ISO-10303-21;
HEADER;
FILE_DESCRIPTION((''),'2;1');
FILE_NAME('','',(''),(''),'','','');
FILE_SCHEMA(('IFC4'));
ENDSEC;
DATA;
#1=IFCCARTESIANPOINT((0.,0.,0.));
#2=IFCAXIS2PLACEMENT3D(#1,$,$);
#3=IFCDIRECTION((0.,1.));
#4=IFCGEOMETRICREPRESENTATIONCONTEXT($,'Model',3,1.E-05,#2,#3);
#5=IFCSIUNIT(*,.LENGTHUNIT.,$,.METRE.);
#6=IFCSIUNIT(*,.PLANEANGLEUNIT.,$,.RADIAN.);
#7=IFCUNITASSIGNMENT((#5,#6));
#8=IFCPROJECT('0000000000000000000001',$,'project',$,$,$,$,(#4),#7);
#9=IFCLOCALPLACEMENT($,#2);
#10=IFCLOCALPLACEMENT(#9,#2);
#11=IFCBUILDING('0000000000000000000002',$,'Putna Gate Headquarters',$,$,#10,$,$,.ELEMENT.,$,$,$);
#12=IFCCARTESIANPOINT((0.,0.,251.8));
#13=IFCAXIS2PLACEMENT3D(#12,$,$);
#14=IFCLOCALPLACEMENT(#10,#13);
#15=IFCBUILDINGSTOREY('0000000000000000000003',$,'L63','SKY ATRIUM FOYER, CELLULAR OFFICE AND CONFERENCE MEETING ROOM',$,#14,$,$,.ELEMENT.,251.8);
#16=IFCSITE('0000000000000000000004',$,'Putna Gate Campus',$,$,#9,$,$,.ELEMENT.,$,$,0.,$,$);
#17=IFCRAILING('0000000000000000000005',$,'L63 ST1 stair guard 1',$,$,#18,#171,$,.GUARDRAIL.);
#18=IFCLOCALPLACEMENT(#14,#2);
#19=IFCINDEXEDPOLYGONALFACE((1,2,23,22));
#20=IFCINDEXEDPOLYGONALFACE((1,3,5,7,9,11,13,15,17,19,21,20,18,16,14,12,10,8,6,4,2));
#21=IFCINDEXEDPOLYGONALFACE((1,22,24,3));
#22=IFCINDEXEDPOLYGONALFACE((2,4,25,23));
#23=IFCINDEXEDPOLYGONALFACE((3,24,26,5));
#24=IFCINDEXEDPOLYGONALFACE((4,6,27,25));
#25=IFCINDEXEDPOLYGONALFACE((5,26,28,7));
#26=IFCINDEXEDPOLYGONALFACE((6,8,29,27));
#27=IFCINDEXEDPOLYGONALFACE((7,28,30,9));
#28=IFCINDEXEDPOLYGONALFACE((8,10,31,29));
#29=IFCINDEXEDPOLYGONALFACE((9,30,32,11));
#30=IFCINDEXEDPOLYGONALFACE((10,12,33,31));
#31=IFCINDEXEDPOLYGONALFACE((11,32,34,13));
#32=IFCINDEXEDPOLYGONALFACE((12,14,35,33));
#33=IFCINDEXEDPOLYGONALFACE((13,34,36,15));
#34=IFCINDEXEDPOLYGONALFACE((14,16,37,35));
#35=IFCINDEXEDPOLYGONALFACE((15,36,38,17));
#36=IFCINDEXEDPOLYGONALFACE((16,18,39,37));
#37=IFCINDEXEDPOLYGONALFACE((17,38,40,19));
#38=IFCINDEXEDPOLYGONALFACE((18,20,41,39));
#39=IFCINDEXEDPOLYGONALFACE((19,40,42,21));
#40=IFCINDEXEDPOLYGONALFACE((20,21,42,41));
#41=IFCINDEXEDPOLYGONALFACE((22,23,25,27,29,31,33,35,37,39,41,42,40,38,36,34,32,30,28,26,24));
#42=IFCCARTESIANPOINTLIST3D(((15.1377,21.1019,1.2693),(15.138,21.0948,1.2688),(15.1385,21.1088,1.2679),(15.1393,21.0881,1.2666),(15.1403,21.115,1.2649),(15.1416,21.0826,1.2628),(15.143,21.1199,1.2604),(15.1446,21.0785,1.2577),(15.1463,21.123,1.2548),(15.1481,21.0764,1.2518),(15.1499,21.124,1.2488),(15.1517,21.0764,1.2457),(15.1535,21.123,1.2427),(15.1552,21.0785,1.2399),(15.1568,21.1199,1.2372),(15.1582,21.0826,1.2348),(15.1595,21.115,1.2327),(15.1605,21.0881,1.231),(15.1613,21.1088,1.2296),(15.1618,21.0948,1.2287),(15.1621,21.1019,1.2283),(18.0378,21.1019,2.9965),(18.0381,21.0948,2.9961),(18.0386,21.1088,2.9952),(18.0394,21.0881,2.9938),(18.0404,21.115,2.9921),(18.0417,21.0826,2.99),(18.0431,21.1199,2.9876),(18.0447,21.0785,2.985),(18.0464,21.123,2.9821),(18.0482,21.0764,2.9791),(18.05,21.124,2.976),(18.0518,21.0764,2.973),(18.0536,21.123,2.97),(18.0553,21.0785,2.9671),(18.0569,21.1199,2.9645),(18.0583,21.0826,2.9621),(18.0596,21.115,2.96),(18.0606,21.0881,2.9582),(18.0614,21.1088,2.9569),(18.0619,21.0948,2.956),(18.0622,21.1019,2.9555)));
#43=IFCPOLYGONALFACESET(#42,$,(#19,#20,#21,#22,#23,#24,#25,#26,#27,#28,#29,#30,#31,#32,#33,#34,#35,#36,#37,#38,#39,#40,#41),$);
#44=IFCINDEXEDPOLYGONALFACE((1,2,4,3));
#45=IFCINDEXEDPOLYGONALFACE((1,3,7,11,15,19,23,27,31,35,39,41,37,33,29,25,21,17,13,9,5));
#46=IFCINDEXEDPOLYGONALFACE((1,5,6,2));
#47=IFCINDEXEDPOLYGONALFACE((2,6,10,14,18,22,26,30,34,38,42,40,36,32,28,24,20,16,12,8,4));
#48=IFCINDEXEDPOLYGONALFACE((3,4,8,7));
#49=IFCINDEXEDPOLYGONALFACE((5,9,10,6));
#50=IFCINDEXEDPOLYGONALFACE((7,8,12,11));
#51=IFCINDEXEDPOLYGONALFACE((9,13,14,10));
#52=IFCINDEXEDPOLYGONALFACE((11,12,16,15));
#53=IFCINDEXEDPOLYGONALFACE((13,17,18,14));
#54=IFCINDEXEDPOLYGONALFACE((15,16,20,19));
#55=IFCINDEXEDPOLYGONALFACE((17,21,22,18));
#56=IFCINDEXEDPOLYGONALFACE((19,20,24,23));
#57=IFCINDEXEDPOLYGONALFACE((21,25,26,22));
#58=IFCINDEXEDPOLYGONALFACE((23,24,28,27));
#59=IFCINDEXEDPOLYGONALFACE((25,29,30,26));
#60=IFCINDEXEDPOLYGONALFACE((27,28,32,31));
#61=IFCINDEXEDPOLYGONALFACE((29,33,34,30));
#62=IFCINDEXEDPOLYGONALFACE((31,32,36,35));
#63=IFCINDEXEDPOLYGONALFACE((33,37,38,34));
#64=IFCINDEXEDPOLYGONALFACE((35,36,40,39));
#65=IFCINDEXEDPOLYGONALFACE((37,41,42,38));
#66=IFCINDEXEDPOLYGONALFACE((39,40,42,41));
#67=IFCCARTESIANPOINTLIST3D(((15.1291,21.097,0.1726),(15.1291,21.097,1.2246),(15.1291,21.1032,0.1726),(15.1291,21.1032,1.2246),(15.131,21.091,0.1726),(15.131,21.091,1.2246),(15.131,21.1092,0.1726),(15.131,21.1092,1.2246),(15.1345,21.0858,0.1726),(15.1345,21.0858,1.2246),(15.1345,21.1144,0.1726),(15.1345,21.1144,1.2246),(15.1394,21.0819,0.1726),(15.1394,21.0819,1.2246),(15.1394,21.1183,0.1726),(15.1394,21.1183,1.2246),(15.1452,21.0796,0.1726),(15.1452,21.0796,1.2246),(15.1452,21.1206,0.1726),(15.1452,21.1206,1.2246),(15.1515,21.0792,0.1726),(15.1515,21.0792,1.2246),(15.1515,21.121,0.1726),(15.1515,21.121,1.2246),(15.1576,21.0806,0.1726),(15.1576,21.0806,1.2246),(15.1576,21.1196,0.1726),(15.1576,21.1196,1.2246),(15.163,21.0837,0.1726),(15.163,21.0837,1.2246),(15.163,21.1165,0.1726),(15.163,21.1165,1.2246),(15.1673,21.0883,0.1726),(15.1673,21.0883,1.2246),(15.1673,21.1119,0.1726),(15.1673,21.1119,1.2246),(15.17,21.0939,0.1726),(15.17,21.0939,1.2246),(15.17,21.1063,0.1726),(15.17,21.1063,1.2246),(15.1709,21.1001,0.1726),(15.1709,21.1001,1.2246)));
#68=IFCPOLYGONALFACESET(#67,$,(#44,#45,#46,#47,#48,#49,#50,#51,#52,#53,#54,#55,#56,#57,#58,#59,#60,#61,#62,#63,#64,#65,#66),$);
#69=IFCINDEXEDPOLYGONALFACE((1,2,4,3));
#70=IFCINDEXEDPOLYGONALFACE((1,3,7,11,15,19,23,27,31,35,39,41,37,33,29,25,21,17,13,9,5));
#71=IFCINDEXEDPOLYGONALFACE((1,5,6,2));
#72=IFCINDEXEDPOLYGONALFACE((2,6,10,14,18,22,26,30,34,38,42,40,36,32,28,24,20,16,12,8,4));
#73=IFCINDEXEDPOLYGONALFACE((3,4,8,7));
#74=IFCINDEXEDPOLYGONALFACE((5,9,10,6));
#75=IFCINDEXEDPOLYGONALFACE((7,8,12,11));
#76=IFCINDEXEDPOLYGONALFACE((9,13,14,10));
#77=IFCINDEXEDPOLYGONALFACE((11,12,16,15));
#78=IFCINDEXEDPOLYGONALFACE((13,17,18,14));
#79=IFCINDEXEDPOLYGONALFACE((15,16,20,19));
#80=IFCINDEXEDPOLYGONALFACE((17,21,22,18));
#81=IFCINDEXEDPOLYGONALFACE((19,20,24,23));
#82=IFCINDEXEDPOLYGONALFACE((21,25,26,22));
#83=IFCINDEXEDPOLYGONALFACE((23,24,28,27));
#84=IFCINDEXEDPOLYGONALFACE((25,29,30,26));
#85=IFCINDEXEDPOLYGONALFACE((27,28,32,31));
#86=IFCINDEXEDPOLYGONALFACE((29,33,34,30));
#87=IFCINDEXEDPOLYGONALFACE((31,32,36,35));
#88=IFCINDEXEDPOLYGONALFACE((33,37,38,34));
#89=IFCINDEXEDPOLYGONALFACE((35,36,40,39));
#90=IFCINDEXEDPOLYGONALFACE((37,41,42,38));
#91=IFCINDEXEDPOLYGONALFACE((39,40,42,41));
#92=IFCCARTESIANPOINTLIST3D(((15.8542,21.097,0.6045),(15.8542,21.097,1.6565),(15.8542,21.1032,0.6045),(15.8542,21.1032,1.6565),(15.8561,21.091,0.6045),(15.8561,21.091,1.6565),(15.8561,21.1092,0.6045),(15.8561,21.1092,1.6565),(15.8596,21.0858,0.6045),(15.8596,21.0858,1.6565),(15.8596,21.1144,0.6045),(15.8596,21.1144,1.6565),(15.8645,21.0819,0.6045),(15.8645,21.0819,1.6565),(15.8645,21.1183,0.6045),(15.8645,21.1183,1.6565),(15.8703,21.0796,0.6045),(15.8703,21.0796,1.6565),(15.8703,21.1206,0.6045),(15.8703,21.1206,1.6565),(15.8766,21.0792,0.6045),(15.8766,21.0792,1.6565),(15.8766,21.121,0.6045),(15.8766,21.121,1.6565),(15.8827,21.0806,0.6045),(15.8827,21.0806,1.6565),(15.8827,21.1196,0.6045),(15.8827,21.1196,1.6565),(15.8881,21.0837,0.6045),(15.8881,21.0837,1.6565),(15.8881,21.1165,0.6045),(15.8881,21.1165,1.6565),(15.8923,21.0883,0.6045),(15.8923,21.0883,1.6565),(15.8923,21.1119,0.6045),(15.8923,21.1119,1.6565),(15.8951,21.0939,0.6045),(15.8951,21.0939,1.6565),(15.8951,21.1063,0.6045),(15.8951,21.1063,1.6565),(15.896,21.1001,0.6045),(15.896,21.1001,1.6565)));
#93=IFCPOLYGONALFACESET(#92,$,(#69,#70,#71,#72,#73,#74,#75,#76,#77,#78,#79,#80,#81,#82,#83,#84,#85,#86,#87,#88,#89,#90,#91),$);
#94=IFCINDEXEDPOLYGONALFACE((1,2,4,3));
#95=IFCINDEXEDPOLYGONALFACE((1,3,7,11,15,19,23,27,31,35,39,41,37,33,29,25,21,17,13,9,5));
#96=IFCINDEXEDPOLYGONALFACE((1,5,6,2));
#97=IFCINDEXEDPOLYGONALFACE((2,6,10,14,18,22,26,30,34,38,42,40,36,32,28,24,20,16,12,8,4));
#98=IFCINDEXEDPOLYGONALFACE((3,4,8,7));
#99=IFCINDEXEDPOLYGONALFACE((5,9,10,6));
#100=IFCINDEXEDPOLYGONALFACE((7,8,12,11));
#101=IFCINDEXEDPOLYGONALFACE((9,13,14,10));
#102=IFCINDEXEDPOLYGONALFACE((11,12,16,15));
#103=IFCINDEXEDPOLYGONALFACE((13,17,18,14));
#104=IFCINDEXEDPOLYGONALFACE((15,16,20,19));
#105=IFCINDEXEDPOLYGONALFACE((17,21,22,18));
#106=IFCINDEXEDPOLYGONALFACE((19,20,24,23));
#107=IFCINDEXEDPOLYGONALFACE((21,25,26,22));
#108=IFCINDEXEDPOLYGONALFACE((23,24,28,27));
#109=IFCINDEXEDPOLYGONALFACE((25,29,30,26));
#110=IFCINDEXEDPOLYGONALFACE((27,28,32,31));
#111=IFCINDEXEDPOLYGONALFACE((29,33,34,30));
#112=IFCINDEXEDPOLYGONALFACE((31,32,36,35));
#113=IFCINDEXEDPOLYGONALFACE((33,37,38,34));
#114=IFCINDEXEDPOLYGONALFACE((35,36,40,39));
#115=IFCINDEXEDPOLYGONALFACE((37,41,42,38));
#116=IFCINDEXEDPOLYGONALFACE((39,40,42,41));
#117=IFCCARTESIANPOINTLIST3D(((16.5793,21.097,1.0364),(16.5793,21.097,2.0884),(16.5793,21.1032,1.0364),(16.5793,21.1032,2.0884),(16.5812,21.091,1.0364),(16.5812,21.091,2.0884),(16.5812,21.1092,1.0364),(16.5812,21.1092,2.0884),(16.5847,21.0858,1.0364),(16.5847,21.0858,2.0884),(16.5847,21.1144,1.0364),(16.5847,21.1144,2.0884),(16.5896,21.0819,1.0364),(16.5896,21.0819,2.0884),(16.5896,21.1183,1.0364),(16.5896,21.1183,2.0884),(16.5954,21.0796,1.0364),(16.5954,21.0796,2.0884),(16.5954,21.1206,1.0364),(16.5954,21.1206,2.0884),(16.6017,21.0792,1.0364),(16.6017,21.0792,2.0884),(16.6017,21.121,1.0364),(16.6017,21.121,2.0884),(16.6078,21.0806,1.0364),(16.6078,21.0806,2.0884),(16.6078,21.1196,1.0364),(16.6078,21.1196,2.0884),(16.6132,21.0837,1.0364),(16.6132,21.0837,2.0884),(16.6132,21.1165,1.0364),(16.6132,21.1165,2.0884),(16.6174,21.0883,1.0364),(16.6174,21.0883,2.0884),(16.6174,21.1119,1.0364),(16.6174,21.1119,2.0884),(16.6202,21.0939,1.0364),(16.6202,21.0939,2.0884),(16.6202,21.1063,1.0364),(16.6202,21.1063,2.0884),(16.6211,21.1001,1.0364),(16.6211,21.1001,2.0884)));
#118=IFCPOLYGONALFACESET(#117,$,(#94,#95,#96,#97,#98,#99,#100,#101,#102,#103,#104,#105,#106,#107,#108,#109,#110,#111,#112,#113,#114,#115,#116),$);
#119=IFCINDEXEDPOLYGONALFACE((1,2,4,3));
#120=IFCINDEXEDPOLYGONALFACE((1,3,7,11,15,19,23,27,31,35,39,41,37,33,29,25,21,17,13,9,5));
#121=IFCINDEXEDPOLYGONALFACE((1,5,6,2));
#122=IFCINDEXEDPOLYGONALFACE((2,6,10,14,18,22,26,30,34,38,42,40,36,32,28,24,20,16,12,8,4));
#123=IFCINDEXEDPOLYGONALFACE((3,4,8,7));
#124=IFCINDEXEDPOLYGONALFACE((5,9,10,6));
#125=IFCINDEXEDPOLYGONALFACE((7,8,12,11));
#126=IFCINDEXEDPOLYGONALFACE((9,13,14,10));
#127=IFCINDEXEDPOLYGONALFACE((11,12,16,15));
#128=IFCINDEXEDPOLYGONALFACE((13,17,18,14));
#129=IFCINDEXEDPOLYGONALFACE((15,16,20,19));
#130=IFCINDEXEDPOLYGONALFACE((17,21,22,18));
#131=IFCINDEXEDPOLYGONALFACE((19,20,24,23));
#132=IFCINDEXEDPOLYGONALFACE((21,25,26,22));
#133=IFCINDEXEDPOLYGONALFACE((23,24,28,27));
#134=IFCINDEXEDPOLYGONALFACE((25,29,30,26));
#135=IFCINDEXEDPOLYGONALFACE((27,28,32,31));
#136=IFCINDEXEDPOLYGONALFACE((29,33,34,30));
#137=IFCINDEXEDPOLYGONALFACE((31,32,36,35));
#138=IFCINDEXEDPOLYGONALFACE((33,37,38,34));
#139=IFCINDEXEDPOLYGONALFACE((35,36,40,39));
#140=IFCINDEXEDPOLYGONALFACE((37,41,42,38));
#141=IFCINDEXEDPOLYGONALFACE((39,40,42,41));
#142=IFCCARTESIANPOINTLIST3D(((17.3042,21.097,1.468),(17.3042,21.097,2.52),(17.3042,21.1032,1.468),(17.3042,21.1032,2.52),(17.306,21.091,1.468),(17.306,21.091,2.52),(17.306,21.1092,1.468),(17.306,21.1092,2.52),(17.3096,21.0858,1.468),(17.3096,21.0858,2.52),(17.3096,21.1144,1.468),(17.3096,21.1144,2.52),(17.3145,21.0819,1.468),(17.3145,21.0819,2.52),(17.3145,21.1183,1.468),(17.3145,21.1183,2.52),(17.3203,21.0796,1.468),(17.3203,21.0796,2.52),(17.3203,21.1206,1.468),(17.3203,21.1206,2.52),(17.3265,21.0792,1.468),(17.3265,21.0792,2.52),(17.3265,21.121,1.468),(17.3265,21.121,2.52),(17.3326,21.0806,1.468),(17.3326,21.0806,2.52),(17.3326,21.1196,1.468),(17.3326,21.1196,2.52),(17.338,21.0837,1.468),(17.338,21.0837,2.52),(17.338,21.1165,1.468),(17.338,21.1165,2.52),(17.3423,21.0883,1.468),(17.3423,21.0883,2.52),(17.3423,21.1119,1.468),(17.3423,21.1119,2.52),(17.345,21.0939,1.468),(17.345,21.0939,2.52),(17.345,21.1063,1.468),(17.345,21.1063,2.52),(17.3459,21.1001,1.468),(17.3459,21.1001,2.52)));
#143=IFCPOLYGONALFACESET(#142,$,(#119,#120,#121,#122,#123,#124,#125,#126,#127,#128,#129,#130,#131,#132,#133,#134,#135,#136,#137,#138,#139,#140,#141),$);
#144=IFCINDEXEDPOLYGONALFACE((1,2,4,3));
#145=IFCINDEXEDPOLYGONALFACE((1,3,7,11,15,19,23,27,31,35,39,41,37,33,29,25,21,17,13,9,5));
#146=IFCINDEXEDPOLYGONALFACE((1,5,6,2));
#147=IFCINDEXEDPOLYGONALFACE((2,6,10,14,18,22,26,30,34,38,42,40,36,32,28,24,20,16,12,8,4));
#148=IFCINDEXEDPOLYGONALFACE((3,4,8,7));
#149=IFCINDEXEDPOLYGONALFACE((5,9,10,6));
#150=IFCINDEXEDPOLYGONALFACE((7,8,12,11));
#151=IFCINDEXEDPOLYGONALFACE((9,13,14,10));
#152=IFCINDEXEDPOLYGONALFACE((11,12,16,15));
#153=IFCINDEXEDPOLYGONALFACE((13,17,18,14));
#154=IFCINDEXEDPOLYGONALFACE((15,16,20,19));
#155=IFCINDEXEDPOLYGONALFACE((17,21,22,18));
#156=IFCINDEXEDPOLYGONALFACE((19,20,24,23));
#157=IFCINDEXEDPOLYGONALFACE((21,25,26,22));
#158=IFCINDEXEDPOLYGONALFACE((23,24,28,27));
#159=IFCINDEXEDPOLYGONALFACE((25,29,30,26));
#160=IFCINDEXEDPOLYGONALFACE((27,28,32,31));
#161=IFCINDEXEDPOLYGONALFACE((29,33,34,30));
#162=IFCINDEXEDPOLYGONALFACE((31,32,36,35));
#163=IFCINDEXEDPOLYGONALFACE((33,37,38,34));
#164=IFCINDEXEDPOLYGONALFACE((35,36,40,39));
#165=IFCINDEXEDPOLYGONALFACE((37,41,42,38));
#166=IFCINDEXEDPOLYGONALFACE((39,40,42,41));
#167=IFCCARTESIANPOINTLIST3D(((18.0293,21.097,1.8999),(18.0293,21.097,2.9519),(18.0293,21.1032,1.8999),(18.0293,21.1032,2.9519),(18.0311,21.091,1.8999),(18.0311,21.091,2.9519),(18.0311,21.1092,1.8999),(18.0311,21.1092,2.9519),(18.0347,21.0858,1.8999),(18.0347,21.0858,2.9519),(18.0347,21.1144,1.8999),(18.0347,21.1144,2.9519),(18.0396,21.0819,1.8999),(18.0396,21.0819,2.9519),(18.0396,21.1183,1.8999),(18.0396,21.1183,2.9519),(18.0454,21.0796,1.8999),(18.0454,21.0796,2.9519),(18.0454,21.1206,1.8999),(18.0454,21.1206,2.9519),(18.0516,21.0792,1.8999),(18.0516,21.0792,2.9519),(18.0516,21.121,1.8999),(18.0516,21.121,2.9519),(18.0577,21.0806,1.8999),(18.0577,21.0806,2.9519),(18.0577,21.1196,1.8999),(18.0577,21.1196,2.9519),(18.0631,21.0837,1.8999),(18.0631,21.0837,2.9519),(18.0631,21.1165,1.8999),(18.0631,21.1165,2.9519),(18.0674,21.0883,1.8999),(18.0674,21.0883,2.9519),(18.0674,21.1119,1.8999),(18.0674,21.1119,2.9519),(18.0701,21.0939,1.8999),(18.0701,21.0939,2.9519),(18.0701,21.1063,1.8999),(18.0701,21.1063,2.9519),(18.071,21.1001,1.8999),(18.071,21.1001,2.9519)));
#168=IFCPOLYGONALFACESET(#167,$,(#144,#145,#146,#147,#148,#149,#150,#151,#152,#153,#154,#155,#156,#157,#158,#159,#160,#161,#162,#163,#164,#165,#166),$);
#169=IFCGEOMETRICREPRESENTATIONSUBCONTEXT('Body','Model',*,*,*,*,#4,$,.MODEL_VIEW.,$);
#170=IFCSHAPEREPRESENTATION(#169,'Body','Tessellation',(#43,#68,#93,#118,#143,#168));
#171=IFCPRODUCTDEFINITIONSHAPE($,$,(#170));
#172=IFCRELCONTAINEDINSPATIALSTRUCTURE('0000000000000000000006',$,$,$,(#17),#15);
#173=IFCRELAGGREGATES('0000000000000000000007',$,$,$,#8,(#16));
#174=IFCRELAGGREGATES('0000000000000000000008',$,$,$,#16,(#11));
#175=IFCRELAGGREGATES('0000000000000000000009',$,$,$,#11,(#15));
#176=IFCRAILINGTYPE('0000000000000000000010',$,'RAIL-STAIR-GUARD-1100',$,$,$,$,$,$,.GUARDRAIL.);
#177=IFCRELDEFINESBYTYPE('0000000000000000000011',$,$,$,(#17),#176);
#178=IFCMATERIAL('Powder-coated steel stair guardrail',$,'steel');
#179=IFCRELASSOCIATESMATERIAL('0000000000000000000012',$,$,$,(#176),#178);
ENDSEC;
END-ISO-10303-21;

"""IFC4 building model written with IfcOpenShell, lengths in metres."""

from ifc_helpers import new_model, si_unit, direction, frame, origin, origin_2d, place, context, subcontext, project, spatial, circle, extrude, material, type_object, element, save


model = new_model("IFC4")

# Units and contexts
model_context = context("Model", 3, precision=1e-05, world=origin(), true_north=direction((0.0, 1.0)))
body_context = subcontext(model_context, "Body", "Model", "MODEL_VIEW")
ifc_project = project(units=[si_unit("LENGTHUNIT", "METRE"), si_unit("PLANEANGLEUNIT", "RADIAN")], contexts=[model_context])

# Site, building, storey
site_placement = place(None, origin())
site = spatial("IfcSite", under=ifc_project, at=site_placement, Name="Putna Gate Campus", CompositionType="ELEMENT", RefElevation=0.0)
building_placement = place(site_placement, origin())
building = spatial("IfcBuilding", under=site, at=building_placement, Name="Putna Gate Headquarters", CompositionType="ELEMENT")
storey_placement = place(building_placement, frame((0.0, 0.0, 251.8)))
storey = spatial("IfcBuildingStorey", under=building, at=storey_placement, Name="L63", Description="SKY ATRIUM FOYER, CELLULAR OFFICE AND CONFERENCE MEETING ROOM", CompositionType="ELEMENT", Elevation=251.8)

# Railing
ifc_material_1 = material(Name="Powder-coated steel stair guardrail", Category="steel")
railing_type_1 = type_object("IfcRailingType", Name="RAIL-STAIR-GUARD-1100", PredefinedType="GUARDRAIL", material=ifc_material_1)
railing_1_placement = place(storey_placement, frame((15.1499, 21.1001, 0.1726)))
element("IfcRailing", 1, at=railing_1_placement, inside=storey, type_object=railing_type_1, Name="L63 ST1 stair guard 1", PredefinedType="GUARDRAIL", context=body_context, shape_type="SweptSolid", body=[
    extrude(circle(Radius=0.0239, at=origin_2d()), frame((0.0, 0.0, 1.0762), z_axis=(0.85916, 0.0, 0.511706), x_axis=(0.0, 1.0, 0.0)), (0.0, 0.0, 1.0), 3.3755),
    extrude(circle(Radius=0.021, at=origin_2d()), origin(), (0.0, 0.0, 1.0), 1.052),
    extrude(circle(Radius=0.021, at=origin_2d()), frame((0.7251, 0.0, 0.4319)), (0.0, 0.0, 1.0), 1.052),
    extrude(circle(Radius=0.021, at=origin_2d()), frame((1.4502, 0.0, 0.8638)), (0.0, 0.0, 1.0), 1.052),
    extrude(circle(Radius=0.021, at=origin_2d()), frame((2.175, 0.0, 1.2954)), (0.0, 0.0, 1.0), 1.052),
    extrude(circle(Radius=0.021, at=origin_2d()), frame((2.9001, 0.0, 1.7273)), (0.0, 0.0, 1.0), 1.052),
])

save(model, "model.ifc")
